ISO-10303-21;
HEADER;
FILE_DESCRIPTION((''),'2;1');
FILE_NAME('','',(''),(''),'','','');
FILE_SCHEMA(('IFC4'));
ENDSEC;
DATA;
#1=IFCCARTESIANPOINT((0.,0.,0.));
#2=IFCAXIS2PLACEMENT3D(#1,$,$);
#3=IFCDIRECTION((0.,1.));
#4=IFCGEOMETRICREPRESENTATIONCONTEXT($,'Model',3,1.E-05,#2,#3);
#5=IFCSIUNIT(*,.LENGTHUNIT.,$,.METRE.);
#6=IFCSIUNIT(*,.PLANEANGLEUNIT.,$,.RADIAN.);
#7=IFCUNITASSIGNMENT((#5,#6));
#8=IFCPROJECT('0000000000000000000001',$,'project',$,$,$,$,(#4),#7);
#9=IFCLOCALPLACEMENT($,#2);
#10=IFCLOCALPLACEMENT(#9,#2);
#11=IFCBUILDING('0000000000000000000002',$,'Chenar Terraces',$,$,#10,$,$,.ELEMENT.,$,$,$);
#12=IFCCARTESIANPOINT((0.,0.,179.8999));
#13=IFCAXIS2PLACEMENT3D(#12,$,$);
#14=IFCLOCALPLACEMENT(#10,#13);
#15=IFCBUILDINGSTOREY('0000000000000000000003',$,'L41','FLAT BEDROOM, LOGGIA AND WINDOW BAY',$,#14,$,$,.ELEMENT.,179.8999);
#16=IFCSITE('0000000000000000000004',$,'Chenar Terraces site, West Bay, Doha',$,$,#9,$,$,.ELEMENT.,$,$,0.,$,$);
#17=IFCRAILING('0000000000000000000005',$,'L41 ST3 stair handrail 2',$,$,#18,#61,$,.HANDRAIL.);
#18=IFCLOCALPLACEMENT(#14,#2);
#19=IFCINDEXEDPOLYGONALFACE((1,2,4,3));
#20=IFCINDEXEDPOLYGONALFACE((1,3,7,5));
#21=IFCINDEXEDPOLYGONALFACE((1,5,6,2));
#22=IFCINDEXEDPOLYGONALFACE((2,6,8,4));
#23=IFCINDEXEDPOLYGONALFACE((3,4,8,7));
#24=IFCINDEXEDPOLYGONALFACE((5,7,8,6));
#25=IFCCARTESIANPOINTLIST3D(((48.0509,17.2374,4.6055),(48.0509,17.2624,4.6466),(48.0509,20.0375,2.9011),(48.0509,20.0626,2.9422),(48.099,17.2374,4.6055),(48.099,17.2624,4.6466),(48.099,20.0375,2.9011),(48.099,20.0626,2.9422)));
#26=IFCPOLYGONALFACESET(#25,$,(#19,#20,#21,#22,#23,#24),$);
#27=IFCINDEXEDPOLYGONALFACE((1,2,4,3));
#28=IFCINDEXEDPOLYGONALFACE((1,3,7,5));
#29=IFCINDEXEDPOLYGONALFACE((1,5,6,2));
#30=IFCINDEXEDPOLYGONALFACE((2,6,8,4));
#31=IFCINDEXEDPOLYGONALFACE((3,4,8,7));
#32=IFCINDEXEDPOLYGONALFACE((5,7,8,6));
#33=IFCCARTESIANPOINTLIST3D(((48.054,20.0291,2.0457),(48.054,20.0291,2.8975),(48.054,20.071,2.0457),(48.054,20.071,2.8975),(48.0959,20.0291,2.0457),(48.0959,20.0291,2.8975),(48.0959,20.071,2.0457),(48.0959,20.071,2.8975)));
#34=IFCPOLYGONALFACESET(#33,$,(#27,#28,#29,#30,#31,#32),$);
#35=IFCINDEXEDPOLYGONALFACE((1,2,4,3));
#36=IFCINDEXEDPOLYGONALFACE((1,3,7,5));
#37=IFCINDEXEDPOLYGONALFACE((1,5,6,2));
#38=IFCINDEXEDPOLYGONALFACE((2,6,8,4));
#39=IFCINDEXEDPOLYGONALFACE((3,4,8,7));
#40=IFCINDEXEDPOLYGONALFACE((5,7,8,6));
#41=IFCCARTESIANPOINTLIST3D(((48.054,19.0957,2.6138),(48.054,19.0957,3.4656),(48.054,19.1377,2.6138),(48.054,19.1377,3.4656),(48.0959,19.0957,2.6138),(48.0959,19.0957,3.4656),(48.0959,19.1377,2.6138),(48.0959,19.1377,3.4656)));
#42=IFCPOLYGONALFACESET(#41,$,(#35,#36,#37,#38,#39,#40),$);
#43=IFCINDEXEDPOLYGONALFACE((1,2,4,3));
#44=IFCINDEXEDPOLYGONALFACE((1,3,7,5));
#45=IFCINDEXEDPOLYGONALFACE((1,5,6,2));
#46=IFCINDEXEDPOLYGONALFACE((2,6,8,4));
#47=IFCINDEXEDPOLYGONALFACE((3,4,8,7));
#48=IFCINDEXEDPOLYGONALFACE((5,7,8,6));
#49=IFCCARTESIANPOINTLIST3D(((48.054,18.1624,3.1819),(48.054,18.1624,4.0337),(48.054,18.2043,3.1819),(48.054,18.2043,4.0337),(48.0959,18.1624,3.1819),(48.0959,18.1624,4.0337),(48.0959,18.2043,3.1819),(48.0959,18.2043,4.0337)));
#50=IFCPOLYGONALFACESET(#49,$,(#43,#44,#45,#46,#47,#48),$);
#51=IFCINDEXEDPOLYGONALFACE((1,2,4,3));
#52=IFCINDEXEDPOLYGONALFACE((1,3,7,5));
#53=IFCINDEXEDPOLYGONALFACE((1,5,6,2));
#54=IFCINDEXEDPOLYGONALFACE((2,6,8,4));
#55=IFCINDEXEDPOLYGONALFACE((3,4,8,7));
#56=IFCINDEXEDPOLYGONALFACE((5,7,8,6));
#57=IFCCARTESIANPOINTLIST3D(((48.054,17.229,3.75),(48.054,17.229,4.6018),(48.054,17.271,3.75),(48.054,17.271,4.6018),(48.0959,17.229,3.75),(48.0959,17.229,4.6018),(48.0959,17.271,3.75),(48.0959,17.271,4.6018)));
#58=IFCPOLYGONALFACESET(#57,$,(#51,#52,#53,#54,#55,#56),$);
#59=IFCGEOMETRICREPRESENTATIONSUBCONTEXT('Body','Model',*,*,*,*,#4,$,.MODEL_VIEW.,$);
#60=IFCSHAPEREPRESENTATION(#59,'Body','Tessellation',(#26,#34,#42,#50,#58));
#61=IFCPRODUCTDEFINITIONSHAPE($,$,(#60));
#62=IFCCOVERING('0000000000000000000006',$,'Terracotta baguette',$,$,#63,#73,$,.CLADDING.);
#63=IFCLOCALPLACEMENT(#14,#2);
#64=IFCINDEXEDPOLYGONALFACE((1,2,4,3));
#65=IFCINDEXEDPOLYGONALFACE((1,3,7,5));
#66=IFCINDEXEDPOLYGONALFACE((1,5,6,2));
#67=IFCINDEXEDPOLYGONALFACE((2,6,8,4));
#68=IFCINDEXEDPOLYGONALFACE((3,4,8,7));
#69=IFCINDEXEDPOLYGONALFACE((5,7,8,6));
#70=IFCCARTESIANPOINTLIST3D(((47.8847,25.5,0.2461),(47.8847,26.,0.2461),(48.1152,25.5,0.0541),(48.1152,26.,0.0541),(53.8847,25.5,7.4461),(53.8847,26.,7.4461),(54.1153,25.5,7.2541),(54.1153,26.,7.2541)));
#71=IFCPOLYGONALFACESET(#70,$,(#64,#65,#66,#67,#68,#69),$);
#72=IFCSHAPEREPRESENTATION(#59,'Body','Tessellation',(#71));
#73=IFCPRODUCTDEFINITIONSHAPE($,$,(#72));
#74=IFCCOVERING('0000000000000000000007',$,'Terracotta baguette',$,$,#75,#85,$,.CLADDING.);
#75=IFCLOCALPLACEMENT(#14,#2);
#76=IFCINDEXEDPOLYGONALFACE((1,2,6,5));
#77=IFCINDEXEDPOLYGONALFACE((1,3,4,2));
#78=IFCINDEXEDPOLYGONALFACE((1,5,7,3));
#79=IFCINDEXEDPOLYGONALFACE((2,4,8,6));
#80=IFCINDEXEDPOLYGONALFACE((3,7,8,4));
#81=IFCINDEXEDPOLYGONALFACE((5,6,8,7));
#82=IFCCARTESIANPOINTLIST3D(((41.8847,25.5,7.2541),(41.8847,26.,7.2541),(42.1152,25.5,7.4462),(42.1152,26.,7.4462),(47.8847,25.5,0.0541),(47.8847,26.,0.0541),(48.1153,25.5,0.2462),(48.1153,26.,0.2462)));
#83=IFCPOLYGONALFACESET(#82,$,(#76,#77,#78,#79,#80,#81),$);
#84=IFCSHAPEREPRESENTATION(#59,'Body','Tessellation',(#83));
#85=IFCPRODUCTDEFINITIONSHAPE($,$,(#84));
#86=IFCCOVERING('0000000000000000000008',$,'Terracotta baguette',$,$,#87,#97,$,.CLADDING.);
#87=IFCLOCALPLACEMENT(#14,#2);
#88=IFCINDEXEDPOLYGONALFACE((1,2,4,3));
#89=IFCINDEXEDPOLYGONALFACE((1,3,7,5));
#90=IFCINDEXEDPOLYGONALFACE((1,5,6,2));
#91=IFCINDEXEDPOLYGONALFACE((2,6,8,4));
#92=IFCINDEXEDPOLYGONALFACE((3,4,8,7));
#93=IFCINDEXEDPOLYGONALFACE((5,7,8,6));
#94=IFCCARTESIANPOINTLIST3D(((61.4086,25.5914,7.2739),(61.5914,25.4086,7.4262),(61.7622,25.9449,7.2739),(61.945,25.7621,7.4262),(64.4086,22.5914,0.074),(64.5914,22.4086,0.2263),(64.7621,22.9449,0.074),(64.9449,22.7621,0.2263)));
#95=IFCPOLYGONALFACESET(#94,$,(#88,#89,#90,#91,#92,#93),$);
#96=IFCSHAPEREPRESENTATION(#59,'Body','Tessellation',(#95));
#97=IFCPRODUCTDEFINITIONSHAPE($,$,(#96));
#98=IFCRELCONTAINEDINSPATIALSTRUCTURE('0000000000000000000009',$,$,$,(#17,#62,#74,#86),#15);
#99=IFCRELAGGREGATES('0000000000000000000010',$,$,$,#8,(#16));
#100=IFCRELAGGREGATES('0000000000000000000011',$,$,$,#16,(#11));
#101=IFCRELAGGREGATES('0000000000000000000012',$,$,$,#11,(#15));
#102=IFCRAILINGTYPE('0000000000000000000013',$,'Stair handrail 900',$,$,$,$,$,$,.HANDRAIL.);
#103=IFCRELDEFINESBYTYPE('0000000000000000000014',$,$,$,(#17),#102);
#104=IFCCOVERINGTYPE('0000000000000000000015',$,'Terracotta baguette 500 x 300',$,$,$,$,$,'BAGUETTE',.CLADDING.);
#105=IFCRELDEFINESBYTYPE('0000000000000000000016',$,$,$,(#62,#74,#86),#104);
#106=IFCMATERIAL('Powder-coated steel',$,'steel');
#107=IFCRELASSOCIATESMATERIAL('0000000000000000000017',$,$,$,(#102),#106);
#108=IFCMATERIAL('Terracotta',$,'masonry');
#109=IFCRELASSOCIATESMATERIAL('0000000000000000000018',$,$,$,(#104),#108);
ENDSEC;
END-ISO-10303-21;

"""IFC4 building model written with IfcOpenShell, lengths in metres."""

from ifc_helpers import new_model, si_unit, direction, frame, origin, origin_2d, place, context, subcontext, project, spatial, rectangle, extrude, material, material_profile, profile_set, type_object, element, save


model = new_model("IFC4")

# Units and contexts
model_context = context("Model", 3, precision=1e-05, world=origin(), true_north=direction((0.0, 1.0)))
body_context = subcontext(model_context, "Body", "Model", "MODEL_VIEW")
ifc_project = project(units=[si_unit("LENGTHUNIT", "METRE"), si_unit("PLANEANGLEUNIT", "RADIAN")], contexts=[model_context])

# Site, building, storey
site_placement = place(None, origin())
site = spatial("IfcSite", under=ifc_project, at=site_placement, Name="Chenar Terraces site, West Bay, Doha", CompositionType="ELEMENT", RefElevation=0.0)
building_placement = place(site_placement, origin())
building = spatial("IfcBuilding", under=site, at=building_placement, Name="Chenar Terraces", CompositionType="ELEMENT")
storey_placement = place(building_placement, frame((0.0, 0.0, 179.8999)))
storey = spatial("IfcBuildingStorey", under=building, at=storey_placement, Name="L41", Description="FLAT BEDROOM, LOGGIA AND WINDOW BAY", CompositionType="ELEMENT", Elevation=179.8999)

# Railing
ifc_material_1 = material(Name="Powder-coated steel", Category="steel")
railing_type_1 = type_object("IfcRailingType", Name="Stair handrail 900", PredefinedType="HANDRAIL", material=ifc_material_1)
railing_1_placement = place(storey_placement, frame((48.075, 20.05, 2.0457)))
element("IfcRailing", 1, at=railing_1_placement, inside=storey, type_object=railing_type_1, Name="L41 ST3 stair handrail 2", PredefinedType="HANDRAIL", context=body_context, shape_type="SweptSolid", body=[
    extrude(rectangle(XDim=0.0481, YDim=0.0481, at=origin_2d()), frame((0.0, 0.0, 0.876), z_axis=(0.0, -0.854203, 0.51994), x_axis=(1.0, 0.0, 0.0)), (0.0, 0.0, 1.0), 3.2781),
    extrude(rectangle(XDim=0.042, YDim=0.042, at=origin_2d()), origin(), (0.0, 0.0, 1.0), 0.8518),
    extrude(rectangle(XDim=0.042, YDim=0.042, at=origin_2d()), frame((0.0, -0.9333, 0.5681)), (0.0, 0.0, 1.0), 0.8518),
    extrude(rectangle(XDim=0.042, YDim=0.042, at=origin_2d()), frame((0.0, -1.8667, 1.1362)), (0.0, 0.0, 1.0), 0.8518),
    extrude(rectangle(XDim=0.042, YDim=0.042, at=origin_2d()), frame((0.0, -2.8, 1.7043)), (0.0, 0.0, 1.0), 0.8518),
])

# Coverings
ifc_material_2 = material(Name="Terracotta", Category="masonry")
ifc_material_profile_1 = material_profile(ifc_material_2, rectangle(XDim=0.5, YDim=0.3, at=origin_2d()), Name="Terracotta baguette 500 x 300")
ifc_profile_set_1 = profile_set([ifc_material_profile_1], Name="Terracotta")
covering_type = type_object("IfcCoveringType", Name="Terracotta baguette 500 x 300", ElementType="BAGUETTE", PredefinedType="CLADDING", material=ifc_profile_set_1)
for number, where, z_axis, x_axis, name in (
    (2, (54.0, 25.75, 7.3501), (-0.640187, 0.0, -0.768219), (0.0, -1.0, 0.0), "Terracotta baguette"),
    (3, (48.0, 25.75, 0.1501), (-0.640187, 0.0, 0.768219), (0.0, -1.0, 0.0), "Terracotta baguette"),
):
    element("IfcCovering", number, at=place(storey_placement, frame(where, z_axis=z_axis, x_axis=x_axis)), inside=storey, type_object=covering_type, Name=name, PredefinedType="CLADDING", context=body_context, shape_type="SweptSolid", body=[
        extrude(rectangle(XDim=0.5, YDim=0.3, at=origin_2d()), origin(), (0.0, 0.0, 1.0), 9.3723),
    ])
covering_placement = place(storey_placement, frame((64.6768, 22.6768, 0.1501), z_axis=(-0.358981, 0.358981, 0.861548), x_axis=(-0.707107, -0.707107, 0.0)))
element("IfcCovering", 4, at=covering_placement, inside=storey, type_object=covering_type, Name="Terracotta baguette", PredefinedType="CLADDING", context=body_context, shape_type="SweptSolid", body=[
    extrude(rectangle(XDim=0.5, YDim=0.3, at=origin_2d()), origin(), (0.0, 0.0, 1.0), 8.3569),
])

save(model, "model.ifc")
